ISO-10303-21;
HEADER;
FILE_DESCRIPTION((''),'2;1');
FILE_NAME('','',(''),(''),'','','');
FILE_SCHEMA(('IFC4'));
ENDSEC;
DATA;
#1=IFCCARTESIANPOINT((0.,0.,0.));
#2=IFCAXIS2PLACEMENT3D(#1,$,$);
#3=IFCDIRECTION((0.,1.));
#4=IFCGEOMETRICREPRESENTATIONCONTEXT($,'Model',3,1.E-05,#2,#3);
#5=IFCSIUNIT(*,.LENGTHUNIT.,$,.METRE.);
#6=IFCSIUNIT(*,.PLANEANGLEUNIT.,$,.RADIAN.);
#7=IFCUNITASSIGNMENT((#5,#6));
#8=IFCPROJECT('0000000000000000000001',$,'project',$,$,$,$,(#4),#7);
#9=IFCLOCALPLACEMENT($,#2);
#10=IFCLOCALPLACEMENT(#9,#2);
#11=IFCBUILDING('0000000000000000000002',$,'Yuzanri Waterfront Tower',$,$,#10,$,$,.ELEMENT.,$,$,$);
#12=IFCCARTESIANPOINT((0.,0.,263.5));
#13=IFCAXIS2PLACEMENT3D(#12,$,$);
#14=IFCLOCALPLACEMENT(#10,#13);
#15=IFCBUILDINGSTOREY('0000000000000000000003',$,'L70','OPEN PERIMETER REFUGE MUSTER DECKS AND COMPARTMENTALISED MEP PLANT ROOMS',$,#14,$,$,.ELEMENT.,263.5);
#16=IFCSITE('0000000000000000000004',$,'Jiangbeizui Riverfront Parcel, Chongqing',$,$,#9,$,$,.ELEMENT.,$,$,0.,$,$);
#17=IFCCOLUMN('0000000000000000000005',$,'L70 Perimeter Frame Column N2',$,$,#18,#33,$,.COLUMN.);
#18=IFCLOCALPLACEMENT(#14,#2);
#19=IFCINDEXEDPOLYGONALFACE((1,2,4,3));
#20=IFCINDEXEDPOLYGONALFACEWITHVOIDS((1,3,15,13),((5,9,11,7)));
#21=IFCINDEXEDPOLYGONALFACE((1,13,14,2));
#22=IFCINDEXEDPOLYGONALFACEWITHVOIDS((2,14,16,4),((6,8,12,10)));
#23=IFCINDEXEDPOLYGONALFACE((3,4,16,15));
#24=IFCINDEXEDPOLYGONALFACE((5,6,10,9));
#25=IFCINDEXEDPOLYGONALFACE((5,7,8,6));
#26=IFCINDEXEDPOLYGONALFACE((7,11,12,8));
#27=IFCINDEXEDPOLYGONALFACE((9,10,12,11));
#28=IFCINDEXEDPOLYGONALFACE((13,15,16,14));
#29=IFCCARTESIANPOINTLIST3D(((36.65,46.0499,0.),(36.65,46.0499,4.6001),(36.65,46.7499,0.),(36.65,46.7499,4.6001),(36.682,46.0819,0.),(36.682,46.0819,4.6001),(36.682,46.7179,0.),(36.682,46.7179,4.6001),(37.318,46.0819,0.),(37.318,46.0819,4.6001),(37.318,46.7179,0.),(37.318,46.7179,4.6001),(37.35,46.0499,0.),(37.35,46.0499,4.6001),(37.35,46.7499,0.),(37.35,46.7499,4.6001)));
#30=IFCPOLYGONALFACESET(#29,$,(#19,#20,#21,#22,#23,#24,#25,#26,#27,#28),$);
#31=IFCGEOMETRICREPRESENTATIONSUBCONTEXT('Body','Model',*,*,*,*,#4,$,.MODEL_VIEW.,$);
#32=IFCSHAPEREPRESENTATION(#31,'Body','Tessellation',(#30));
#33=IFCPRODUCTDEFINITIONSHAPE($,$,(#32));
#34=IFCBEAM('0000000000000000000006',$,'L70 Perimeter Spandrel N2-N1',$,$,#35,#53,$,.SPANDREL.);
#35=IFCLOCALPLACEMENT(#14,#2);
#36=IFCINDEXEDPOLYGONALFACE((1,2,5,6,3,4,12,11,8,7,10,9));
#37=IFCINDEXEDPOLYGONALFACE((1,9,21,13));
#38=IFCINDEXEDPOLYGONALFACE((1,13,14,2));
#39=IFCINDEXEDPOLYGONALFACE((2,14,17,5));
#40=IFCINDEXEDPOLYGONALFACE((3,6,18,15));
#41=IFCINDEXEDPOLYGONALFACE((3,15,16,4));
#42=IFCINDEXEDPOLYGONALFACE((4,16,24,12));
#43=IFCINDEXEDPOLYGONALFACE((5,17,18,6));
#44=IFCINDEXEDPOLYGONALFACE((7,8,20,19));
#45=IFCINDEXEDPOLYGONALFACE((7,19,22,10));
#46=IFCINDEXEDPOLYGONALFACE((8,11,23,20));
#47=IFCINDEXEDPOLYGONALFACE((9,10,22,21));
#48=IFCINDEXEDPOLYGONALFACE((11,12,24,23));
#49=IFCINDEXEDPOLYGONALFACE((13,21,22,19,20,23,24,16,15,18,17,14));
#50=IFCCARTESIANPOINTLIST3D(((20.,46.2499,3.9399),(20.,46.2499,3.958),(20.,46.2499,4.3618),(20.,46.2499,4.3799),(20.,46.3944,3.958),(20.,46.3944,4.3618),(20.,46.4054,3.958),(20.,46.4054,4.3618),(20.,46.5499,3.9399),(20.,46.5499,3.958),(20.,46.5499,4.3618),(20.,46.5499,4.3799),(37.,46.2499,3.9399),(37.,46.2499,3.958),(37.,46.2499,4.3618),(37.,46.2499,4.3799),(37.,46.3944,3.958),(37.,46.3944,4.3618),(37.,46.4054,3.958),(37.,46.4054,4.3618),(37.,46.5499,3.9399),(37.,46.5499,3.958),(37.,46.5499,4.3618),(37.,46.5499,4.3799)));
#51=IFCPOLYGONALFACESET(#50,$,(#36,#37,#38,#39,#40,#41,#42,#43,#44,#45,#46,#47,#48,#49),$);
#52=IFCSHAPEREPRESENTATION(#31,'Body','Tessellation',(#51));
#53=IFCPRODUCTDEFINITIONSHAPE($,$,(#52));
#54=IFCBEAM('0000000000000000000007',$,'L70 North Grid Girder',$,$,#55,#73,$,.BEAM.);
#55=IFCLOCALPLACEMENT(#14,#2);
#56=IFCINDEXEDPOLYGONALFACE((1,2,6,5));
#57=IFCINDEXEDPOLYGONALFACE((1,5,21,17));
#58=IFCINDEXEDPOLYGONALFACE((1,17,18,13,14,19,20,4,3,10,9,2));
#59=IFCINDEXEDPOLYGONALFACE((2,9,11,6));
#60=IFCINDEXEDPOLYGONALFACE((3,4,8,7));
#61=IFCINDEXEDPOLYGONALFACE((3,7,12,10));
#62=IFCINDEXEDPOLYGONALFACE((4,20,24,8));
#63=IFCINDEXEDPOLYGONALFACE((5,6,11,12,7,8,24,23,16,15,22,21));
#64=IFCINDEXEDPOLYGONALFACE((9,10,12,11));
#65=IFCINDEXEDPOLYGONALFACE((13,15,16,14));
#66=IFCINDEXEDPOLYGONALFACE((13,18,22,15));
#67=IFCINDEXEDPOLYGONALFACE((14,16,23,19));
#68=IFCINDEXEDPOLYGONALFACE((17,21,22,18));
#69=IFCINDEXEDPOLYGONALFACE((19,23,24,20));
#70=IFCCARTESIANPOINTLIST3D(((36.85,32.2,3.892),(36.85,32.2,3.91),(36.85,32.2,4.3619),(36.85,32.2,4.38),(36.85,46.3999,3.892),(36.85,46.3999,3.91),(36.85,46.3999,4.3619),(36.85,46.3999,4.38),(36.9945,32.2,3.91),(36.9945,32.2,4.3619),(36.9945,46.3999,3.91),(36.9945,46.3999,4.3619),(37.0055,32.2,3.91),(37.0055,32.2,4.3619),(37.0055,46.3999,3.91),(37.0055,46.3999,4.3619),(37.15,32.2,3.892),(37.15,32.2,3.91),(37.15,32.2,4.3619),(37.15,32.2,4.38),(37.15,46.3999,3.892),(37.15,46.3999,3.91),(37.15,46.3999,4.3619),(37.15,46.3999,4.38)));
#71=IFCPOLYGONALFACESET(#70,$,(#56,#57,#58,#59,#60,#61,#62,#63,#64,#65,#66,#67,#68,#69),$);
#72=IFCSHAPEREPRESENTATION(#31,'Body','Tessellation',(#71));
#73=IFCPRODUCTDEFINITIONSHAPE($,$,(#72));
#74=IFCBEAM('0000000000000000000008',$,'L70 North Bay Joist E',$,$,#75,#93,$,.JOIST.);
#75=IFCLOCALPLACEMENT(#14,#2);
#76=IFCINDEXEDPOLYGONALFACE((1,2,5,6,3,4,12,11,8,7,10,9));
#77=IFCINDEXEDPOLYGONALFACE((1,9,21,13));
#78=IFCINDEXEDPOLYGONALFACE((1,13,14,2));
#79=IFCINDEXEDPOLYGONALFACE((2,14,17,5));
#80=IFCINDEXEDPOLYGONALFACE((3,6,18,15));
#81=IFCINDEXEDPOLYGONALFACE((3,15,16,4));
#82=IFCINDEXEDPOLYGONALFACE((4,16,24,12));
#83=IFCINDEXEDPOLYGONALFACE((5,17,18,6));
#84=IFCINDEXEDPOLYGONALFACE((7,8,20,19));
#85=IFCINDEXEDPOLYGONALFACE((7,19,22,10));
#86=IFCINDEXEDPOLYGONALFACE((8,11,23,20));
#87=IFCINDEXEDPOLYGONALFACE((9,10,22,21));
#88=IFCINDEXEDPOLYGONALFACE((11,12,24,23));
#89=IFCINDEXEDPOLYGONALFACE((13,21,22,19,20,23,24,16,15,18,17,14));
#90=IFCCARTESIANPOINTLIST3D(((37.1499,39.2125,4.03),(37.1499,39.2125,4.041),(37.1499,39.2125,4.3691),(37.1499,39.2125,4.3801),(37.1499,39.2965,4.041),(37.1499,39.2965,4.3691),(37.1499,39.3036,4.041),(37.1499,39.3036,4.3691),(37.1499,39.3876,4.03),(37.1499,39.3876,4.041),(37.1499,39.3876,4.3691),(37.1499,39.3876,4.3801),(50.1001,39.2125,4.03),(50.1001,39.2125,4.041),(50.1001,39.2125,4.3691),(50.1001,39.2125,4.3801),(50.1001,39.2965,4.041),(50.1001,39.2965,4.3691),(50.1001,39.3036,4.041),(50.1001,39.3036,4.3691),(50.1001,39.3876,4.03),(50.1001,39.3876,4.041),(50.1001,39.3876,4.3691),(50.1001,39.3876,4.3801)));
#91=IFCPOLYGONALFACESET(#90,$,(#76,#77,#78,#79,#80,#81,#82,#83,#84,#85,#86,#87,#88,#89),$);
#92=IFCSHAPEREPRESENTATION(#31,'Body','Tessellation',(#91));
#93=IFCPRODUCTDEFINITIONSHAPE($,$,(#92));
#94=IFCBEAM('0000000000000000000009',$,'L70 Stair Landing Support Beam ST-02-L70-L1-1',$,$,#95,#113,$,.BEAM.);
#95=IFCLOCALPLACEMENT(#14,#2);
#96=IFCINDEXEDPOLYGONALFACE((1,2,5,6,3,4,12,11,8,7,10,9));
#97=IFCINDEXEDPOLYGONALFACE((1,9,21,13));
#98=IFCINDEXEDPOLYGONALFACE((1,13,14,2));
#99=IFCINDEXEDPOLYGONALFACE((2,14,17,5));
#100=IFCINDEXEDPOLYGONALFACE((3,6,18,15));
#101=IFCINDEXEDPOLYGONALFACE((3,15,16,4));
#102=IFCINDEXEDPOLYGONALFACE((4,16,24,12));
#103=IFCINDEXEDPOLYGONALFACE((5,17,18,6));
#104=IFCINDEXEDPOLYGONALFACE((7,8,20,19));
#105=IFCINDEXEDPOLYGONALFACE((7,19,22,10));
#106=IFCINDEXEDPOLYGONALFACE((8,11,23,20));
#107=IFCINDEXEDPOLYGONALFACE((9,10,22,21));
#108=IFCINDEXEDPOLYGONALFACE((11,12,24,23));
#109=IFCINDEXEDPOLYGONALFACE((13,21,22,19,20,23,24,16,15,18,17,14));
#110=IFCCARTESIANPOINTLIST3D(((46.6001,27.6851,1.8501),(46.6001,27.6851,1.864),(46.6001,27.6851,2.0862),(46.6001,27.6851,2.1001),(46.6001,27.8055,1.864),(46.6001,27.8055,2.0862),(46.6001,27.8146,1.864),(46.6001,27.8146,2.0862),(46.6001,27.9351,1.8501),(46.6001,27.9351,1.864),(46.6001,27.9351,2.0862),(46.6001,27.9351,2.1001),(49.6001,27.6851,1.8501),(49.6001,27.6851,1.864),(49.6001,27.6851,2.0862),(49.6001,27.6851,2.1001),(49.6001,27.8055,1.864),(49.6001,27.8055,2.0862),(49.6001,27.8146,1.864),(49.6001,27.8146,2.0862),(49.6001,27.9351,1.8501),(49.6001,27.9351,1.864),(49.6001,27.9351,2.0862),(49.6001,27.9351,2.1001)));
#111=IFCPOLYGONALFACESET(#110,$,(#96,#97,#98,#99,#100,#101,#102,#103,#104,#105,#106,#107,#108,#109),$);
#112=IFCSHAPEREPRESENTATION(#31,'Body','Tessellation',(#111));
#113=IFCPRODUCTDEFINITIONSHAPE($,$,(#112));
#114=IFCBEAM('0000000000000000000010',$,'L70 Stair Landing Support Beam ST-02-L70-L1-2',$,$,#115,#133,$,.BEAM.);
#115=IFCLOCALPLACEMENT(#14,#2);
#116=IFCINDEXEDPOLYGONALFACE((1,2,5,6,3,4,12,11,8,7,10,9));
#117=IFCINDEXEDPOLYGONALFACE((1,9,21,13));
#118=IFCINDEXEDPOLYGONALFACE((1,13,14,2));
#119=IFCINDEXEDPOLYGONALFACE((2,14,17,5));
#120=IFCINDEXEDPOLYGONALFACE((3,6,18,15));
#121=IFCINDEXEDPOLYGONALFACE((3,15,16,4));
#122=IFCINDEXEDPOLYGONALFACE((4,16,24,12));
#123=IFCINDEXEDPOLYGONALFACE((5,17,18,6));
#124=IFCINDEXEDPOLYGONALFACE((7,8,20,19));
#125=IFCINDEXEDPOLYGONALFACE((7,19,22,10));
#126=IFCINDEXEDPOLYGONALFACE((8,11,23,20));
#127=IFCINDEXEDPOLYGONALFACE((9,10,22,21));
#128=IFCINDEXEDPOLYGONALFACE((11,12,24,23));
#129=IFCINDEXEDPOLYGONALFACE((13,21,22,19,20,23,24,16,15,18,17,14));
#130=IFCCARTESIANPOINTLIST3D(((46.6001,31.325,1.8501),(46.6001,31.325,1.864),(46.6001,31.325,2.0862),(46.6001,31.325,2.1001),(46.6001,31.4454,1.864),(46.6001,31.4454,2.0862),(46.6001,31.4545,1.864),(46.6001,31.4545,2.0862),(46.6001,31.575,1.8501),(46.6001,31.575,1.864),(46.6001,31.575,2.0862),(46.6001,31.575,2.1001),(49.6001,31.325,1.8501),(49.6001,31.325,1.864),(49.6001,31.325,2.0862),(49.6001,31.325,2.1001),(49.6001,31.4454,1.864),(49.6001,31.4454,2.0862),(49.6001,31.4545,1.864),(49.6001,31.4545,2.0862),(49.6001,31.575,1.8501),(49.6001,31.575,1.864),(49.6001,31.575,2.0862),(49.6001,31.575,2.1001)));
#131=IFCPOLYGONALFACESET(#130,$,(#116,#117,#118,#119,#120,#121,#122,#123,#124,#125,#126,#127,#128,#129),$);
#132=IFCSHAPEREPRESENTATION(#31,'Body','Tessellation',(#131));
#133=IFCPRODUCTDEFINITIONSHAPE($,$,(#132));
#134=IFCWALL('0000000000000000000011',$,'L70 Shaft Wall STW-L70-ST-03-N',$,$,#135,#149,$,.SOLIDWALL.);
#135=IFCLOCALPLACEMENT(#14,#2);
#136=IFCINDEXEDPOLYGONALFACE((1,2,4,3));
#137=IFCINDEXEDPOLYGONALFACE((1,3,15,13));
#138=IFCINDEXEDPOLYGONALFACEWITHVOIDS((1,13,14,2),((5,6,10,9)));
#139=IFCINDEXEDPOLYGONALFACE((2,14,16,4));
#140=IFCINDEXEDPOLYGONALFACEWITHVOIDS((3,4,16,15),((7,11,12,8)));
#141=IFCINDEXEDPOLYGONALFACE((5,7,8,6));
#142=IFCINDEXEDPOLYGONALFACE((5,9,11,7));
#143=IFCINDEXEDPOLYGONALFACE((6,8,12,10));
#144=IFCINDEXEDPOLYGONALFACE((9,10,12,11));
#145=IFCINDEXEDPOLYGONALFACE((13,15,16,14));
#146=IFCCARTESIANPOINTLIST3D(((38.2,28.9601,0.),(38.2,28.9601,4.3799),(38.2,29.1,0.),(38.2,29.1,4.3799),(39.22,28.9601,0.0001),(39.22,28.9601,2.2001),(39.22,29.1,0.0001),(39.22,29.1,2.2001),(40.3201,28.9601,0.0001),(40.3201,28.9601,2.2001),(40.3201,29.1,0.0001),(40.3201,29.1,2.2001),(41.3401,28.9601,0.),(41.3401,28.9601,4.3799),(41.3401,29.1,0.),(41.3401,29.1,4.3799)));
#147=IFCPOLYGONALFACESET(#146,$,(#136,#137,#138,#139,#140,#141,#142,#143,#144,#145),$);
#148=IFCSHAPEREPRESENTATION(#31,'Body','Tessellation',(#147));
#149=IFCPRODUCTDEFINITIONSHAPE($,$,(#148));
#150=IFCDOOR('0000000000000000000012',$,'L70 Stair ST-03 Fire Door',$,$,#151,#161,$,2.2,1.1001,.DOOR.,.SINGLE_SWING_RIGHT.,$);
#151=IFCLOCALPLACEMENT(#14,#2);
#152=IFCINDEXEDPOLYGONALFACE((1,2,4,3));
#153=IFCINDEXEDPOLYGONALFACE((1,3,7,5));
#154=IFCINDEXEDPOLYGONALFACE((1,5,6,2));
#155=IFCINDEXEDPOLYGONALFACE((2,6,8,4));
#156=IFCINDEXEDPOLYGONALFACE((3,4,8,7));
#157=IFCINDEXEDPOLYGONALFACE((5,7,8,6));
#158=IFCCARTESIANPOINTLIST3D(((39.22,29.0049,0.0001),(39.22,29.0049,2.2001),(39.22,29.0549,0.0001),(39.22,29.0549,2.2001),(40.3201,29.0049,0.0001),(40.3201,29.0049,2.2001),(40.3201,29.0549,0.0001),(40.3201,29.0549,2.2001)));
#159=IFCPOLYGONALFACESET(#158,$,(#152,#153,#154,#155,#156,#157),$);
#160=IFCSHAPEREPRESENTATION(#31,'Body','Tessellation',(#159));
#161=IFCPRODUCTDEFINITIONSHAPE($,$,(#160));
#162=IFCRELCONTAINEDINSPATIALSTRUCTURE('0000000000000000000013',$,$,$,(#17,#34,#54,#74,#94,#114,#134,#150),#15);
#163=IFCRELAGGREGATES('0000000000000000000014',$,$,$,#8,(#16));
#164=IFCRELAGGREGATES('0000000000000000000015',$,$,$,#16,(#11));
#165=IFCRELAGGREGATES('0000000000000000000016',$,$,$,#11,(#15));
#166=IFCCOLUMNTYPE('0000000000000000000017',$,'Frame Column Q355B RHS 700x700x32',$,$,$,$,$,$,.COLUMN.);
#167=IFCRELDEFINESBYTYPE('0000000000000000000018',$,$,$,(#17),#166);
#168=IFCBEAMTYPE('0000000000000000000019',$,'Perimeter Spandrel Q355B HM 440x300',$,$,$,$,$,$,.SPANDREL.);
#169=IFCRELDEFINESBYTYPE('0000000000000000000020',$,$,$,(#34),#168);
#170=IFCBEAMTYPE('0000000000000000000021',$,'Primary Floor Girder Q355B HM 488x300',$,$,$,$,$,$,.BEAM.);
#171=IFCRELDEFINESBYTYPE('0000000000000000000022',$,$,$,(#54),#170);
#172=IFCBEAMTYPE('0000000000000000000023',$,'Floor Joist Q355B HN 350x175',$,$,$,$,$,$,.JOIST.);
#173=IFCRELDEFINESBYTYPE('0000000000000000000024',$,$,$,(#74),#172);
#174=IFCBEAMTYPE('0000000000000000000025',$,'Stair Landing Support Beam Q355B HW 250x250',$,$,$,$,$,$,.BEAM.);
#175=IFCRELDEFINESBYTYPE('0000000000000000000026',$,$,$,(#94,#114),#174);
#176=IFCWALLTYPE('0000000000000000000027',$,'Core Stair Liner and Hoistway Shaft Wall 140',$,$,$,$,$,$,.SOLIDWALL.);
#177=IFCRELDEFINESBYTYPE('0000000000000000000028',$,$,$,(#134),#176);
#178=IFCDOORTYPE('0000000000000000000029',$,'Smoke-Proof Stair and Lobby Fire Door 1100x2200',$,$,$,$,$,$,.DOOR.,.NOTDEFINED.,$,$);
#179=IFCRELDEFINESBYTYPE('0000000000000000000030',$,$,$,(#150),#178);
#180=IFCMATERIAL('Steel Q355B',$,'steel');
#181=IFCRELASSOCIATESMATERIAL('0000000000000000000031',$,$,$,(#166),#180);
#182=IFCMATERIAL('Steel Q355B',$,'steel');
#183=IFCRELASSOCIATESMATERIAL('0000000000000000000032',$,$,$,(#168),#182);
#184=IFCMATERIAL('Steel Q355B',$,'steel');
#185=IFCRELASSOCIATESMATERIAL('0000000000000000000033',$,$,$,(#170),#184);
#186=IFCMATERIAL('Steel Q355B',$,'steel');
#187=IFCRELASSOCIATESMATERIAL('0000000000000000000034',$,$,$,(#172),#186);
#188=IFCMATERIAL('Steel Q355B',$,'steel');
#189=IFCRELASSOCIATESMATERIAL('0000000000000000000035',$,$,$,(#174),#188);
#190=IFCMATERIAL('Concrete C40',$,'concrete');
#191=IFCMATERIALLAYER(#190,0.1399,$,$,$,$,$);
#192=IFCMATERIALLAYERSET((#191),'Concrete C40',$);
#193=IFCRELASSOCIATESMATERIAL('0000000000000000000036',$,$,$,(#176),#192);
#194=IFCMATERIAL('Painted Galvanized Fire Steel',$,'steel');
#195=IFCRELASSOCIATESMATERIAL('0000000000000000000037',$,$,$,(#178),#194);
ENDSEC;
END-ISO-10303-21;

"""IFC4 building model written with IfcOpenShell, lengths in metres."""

from ifc_helpers import new_model, si_unit, direction, frame, frame_2d, origin, origin_2d, place, context, subcontext, project, spatial, rectangle, hollow_rectangle, i_section, extrude, source, transform, mapped, material, layer, layer_set, material_profile, profile_set, type_object, element, fill, save


model = new_model("IFC4")

# Units and contexts
model_context = context("Model", 3, precision=1e-05, world=origin(), true_north=direction((0.0, 1.0)))
body_context = subcontext(model_context, "Body", "Model", "MODEL_VIEW")
ifc_project = project(units=[si_unit("LENGTHUNIT", "METRE"), si_unit("PLANEANGLEUNIT", "RADIAN")], contexts=[model_context])

# Site, building, storey
site_placement = place(None, origin())
site = spatial("IfcSite", under=ifc_project, at=site_placement, Name="Jiangbeizui Riverfront Parcel, Chongqing", CompositionType="ELEMENT", RefElevation=0.0)
building_placement = place(site_placement, origin())
building = spatial("IfcBuilding", under=site, at=building_placement, Name="Yuzanri Waterfront Tower", CompositionType="ELEMENT")
storey_placement = place(building_placement, frame((0.0, 0.0, 263.5)))
storey = spatial("IfcBuildingStorey", under=building, at=storey_placement, Name="L70", Description="OPEN PERIMETER REFUGE MUSTER DECKS AND COMPARTMENTALISED MEP PLANT ROOMS", CompositionType="ELEMENT", Elevation=263.5)

# Column
ifc_material_1 = material(Name="Steel Q355B", Category="steel")
ifc_material_profile_1 = material_profile(ifc_material_1, hollow_rectangle(XDim=0.7, YDim=0.7, WallThickness=0.032, at=origin_2d()), Name="RHS 700x700x32")
ifc_profile_set_1 = profile_set([ifc_material_profile_1], Name="Steel Q355B")
column_type = type_object("IfcColumnType", Name="Frame Column Q355B RHS 700x700x32", PredefinedType="COLUMN", material=ifc_profile_set_1)
shared_shape_1 = source(origin(), body_context, "Body", "SweptSolid", [
    extrude(hollow_rectangle(XDim=0.7, YDim=0.7, WallThickness=0.032, at=origin_2d()), origin(), (0.0, 0.0, 1.0), 4.6001),
])
column_placement = place(storey_placement, frame((37.0, 46.3999, 0.0), z_axis=(0.0, 0.0, 1.0), x_axis=(1.0, 0.0, 0.0)))
element("IfcColumn", 1, at=column_placement, inside=storey, type_object=column_type, Name="L70 Perimeter Frame Column N2", PredefinedType="COLUMN", context=body_context, shape_type="MappedRepresentation", body=[
    mapped(shared_shape_1, transform((0.0, 0.0, 0.0), scale=1.0)),
])

# Beams
ifc_material_2 = material(Name="Steel Q355B", Category="steel")
ifc_material_profile_2 = material_profile(ifc_material_2, i_section(OverallWidth=0.3, OverallDepth=0.4399, WebThickness=0.011, FlangeThickness=0.0181, at=origin_2d()), Name="HM 440x300x11x18")
ifc_profile_set_2 = profile_set([ifc_material_profile_2], Name="Steel Q355B")
beam_type_1 = type_object("IfcBeamType", Name="Perimeter Spandrel Q355B HM 440x300", PredefinedType="SPANDREL", material=ifc_profile_set_2)
shared_shape_2 = source(origin(), body_context, "Body", "SweptSolid", [
    extrude(i_section(OverallWidth=0.3, OverallDepth=0.4399, WebThickness=0.011, FlangeThickness=0.0181, at=origin_2d()), origin(), (0.0, 0.0, 1.0), 17.0),
])
beam_1_placement = place(storey_placement, frame((37.0, 46.3999, 4.1599), z_axis=(-1.0, 0.0, 0.0), x_axis=(0.0, -1.0, 0.0)))
element("IfcBeam", 2, at=beam_1_placement, inside=storey, type_object=beam_type_1, Name="L70 Perimeter Spandrel N2-N1", PredefinedType="SPANDREL", context=body_context, shape_type="MappedRepresentation", body=[
    mapped(shared_shape_2, transform((0.0, 0.0, 0.0), scale=1.0)),
])
ifc_material_3 = material(Name="Steel Q355B", Category="steel")
ifc_material_profile_3 = material_profile(ifc_material_3, i_section(OverallWidth=0.3, OverallDepth=0.488, WebThickness=0.011, FlangeThickness=0.0181, at=origin_2d()), Name="HM 488x300x11x18")
ifc_profile_set_3 = profile_set([ifc_material_profile_3], Name="Steel Q355B")
beam_type_2 = type_object("IfcBeamType", Name="Primary Floor Girder Q355B HM 488x300", PredefinedType="BEAM", material=ifc_profile_set_3)
shared_shape_3 = source(origin(), body_context, "Body", "SweptSolid", [
    extrude(i_section(OverallWidth=0.3, OverallDepth=0.488, WebThickness=0.011, FlangeThickness=0.0181, at=origin_2d()), origin(), (0.0, 0.0, 1.0), 14.2),
])
beam_2_placement = place(storey_placement, frame((37.0, 32.2, 4.136), z_axis=(0.0, 1.0, 0.0), x_axis=(-1.0, 0.0, 0.0)))
element("IfcBeam", 3, at=beam_2_placement, inside=storey, type_object=beam_type_2, Name="L70 North Grid Girder", PredefinedType="BEAM", context=body_context, shape_type="MappedRepresentation", body=[
    mapped(shared_shape_3, transform((0.0, 0.0, 0.0), scale=1.0)),
])
ifc_material_4 = material(Name="Steel Q355B", Category="steel")
ifc_material_profile_4 = material_profile(ifc_material_4, i_section(OverallWidth=0.175, OverallDepth=0.3501, WebThickness=0.0071, FlangeThickness=0.011, at=origin_2d()), Name="HN 350x175x7x11")
ifc_profile_set_4 = profile_set([ifc_material_profile_4], Name="Steel Q355B")
beam_type_3 = type_object("IfcBeamType", Name="Floor Joist Q355B HN 350x175", PredefinedType="JOIST", material=ifc_profile_set_4)
shared_shape_4 = source(origin(), body_context, "Body", "SweptSolid", [
    extrude(i_section(OverallWidth=0.175, OverallDepth=0.3501, WebThickness=0.0071, FlangeThickness=0.011, at=origin_2d()), origin(), (0.0, 0.0, 1.0), 12.9502),
])
beam_3_placement = place(storey_placement, frame((37.1499, 39.3, 4.2051), z_axis=(1.0, 0.0, 0.0), x_axis=(0.0, 1.0, 0.0)))
element("IfcBeam", 4, at=beam_3_placement, inside=storey, type_object=beam_type_3, Name="L70 North Bay Joist E", PredefinedType="JOIST", context=body_context, shape_type="MappedRepresentation", body=[
    mapped(shared_shape_4, transform((0.0, 0.0, 0.0), scale=1.0)),
])
ifc_material_5 = material(Name="Steel Q355B", Category="steel")
ifc_material_profile_5 = material_profile(ifc_material_5, i_section(OverallWidth=0.25, OverallDepth=0.25, WebThickness=0.009, FlangeThickness=0.0139, at=origin_2d()), Name="HW 250x250x9x14")
ifc_profile_set_5 = profile_set([ifc_material_profile_5], Name="Steel Q355B")
beam_type_4 = type_object("IfcBeamType", Name="Stair Landing Support Beam Q355B HW 250x250", PredefinedType="BEAM", material=ifc_profile_set_5)
shared_shape_5 = source(origin(), body_context, "Body", "SweptSolid", [
    extrude(i_section(OverallWidth=0.25, OverallDepth=0.25, WebThickness=0.009, FlangeThickness=0.0139, at=origin_2d()), origin(), (0.0, 0.0, 1.0), 3.0),
])
for number, where, z_axis, x_axis, name in (
    (5, (46.6001, 27.8101, 1.9751), (1.0, 0.0, 0.0), (0.0, 1.0, 0.0), "L70 Stair Landing Support Beam ST-02-L70-L1-1"),
    (6, (46.6001, 31.45, 1.9751), (1.0, 0.0, 0.0), (0.0, 1.0, 0.0), "L70 Stair Landing Support Beam ST-02-L70-L1-2"),
):
    element("IfcBeam", number, at=place(storey_placement, frame(where, z_axis=z_axis, x_axis=x_axis)), inside=storey, type_object=beam_type_4, Name=name, PredefinedType="BEAM", context=body_context, shape_type="MappedRepresentation", body=[
        mapped(shared_shape_5, transform((0.0, 0.0, 0.0), scale=1.0)),
    ])

# Wall, opening, door
ifc_material_6 = material(Name="Concrete C40", Category="concrete")
ifc_layer_1 = layer(ifc_material_6, 0.1399)
ifc_layer_set_1 = layer_set([ifc_layer_1], Name="Concrete C40")
wall_type_1 = type_object("IfcWallType", Name="Core Stair Liner and Hoistway Shaft Wall 140", PredefinedType="SOLIDWALL", material=ifc_layer_set_1)
wall_1_placement = place(storey_placement, frame((38.2, 29.03, 0.0), z_axis=(0.0, 0.0, 1.0), x_axis=(1.0, 0.0, 0.0)))
wall_1 = element("IfcWall", 7, at=wall_1_placement, inside=storey, type_object=wall_type_1, Name="L70 Shaft Wall STW-L70-ST-03-N", PredefinedType="SOLIDWALL", context=body_context, shape_type="SweptSolid", body=[
    extrude(rectangle(XDim=3.1401, YDim=0.1399, at=frame_2d((1.5701, 0.0))), origin(), (0.0, 0.0, 1.0), 4.3799),
])
opening_1_placement = place(wall_1_placement, frame((1.02, 0.0, 0.0)))
opening_1 = element("IfcOpeningElement", 8, at=opening_1_placement, cuts=wall_1, PredefinedType="OPENING", context=body_context, shape_type="SweptSolid", body=[
    extrude(rectangle(XDim=1.1001, YDim=2.2, at=frame_2d((0.55, 1.1001))), frame((0.0, 0.085, 0.0), z_axis=(0.0, -1.0, 0.0), x_axis=(1.0, 0.0, 0.0)), (0.0, 0.0, 1.0), 0.1697),
])
ifc_material_7 = material(Name="Painted Galvanized Fire Steel", Category="steel")
door_type_1 = type_object("IfcDoorType", Name="Smoke-Proof Stair and Lobby Fire Door 1100x2200", OperationType="NOTDEFINED", PredefinedType="DOOR", material=ifc_material_7)
shared_shape_6 = source(origin(), body_context, "Body", "SweptSolid", [
    extrude(rectangle(XDim=1.1001, YDim=2.2, at=frame_2d((0.55, 1.1001))), frame((0.0, 0.0249, 0.0), z_axis=(0.0, -1.0, 0.0), x_axis=(1.0, 0.0, 0.0)), (0.0, 0.0, 1.0), 0.05),
])
door_1_placement = place(opening_1_placement, origin())
door_1 = element("IfcDoor", 9, at=door_1_placement, inside=storey, type_object=door_type_1, Name="L70 Stair ST-03 Fire Door", OperationType="SINGLE_SWING_RIGHT", OverallHeight=2.2, OverallWidth=1.1001, PredefinedType="DOOR", context=body_context, shape_type="MappedRepresentation", body=[
    mapped(shared_shape_6, transform((0.0, 0.0, 0.0), scale=1.0)),
])
fill(opening_1, door_1)

save(model, "model.ifc")
